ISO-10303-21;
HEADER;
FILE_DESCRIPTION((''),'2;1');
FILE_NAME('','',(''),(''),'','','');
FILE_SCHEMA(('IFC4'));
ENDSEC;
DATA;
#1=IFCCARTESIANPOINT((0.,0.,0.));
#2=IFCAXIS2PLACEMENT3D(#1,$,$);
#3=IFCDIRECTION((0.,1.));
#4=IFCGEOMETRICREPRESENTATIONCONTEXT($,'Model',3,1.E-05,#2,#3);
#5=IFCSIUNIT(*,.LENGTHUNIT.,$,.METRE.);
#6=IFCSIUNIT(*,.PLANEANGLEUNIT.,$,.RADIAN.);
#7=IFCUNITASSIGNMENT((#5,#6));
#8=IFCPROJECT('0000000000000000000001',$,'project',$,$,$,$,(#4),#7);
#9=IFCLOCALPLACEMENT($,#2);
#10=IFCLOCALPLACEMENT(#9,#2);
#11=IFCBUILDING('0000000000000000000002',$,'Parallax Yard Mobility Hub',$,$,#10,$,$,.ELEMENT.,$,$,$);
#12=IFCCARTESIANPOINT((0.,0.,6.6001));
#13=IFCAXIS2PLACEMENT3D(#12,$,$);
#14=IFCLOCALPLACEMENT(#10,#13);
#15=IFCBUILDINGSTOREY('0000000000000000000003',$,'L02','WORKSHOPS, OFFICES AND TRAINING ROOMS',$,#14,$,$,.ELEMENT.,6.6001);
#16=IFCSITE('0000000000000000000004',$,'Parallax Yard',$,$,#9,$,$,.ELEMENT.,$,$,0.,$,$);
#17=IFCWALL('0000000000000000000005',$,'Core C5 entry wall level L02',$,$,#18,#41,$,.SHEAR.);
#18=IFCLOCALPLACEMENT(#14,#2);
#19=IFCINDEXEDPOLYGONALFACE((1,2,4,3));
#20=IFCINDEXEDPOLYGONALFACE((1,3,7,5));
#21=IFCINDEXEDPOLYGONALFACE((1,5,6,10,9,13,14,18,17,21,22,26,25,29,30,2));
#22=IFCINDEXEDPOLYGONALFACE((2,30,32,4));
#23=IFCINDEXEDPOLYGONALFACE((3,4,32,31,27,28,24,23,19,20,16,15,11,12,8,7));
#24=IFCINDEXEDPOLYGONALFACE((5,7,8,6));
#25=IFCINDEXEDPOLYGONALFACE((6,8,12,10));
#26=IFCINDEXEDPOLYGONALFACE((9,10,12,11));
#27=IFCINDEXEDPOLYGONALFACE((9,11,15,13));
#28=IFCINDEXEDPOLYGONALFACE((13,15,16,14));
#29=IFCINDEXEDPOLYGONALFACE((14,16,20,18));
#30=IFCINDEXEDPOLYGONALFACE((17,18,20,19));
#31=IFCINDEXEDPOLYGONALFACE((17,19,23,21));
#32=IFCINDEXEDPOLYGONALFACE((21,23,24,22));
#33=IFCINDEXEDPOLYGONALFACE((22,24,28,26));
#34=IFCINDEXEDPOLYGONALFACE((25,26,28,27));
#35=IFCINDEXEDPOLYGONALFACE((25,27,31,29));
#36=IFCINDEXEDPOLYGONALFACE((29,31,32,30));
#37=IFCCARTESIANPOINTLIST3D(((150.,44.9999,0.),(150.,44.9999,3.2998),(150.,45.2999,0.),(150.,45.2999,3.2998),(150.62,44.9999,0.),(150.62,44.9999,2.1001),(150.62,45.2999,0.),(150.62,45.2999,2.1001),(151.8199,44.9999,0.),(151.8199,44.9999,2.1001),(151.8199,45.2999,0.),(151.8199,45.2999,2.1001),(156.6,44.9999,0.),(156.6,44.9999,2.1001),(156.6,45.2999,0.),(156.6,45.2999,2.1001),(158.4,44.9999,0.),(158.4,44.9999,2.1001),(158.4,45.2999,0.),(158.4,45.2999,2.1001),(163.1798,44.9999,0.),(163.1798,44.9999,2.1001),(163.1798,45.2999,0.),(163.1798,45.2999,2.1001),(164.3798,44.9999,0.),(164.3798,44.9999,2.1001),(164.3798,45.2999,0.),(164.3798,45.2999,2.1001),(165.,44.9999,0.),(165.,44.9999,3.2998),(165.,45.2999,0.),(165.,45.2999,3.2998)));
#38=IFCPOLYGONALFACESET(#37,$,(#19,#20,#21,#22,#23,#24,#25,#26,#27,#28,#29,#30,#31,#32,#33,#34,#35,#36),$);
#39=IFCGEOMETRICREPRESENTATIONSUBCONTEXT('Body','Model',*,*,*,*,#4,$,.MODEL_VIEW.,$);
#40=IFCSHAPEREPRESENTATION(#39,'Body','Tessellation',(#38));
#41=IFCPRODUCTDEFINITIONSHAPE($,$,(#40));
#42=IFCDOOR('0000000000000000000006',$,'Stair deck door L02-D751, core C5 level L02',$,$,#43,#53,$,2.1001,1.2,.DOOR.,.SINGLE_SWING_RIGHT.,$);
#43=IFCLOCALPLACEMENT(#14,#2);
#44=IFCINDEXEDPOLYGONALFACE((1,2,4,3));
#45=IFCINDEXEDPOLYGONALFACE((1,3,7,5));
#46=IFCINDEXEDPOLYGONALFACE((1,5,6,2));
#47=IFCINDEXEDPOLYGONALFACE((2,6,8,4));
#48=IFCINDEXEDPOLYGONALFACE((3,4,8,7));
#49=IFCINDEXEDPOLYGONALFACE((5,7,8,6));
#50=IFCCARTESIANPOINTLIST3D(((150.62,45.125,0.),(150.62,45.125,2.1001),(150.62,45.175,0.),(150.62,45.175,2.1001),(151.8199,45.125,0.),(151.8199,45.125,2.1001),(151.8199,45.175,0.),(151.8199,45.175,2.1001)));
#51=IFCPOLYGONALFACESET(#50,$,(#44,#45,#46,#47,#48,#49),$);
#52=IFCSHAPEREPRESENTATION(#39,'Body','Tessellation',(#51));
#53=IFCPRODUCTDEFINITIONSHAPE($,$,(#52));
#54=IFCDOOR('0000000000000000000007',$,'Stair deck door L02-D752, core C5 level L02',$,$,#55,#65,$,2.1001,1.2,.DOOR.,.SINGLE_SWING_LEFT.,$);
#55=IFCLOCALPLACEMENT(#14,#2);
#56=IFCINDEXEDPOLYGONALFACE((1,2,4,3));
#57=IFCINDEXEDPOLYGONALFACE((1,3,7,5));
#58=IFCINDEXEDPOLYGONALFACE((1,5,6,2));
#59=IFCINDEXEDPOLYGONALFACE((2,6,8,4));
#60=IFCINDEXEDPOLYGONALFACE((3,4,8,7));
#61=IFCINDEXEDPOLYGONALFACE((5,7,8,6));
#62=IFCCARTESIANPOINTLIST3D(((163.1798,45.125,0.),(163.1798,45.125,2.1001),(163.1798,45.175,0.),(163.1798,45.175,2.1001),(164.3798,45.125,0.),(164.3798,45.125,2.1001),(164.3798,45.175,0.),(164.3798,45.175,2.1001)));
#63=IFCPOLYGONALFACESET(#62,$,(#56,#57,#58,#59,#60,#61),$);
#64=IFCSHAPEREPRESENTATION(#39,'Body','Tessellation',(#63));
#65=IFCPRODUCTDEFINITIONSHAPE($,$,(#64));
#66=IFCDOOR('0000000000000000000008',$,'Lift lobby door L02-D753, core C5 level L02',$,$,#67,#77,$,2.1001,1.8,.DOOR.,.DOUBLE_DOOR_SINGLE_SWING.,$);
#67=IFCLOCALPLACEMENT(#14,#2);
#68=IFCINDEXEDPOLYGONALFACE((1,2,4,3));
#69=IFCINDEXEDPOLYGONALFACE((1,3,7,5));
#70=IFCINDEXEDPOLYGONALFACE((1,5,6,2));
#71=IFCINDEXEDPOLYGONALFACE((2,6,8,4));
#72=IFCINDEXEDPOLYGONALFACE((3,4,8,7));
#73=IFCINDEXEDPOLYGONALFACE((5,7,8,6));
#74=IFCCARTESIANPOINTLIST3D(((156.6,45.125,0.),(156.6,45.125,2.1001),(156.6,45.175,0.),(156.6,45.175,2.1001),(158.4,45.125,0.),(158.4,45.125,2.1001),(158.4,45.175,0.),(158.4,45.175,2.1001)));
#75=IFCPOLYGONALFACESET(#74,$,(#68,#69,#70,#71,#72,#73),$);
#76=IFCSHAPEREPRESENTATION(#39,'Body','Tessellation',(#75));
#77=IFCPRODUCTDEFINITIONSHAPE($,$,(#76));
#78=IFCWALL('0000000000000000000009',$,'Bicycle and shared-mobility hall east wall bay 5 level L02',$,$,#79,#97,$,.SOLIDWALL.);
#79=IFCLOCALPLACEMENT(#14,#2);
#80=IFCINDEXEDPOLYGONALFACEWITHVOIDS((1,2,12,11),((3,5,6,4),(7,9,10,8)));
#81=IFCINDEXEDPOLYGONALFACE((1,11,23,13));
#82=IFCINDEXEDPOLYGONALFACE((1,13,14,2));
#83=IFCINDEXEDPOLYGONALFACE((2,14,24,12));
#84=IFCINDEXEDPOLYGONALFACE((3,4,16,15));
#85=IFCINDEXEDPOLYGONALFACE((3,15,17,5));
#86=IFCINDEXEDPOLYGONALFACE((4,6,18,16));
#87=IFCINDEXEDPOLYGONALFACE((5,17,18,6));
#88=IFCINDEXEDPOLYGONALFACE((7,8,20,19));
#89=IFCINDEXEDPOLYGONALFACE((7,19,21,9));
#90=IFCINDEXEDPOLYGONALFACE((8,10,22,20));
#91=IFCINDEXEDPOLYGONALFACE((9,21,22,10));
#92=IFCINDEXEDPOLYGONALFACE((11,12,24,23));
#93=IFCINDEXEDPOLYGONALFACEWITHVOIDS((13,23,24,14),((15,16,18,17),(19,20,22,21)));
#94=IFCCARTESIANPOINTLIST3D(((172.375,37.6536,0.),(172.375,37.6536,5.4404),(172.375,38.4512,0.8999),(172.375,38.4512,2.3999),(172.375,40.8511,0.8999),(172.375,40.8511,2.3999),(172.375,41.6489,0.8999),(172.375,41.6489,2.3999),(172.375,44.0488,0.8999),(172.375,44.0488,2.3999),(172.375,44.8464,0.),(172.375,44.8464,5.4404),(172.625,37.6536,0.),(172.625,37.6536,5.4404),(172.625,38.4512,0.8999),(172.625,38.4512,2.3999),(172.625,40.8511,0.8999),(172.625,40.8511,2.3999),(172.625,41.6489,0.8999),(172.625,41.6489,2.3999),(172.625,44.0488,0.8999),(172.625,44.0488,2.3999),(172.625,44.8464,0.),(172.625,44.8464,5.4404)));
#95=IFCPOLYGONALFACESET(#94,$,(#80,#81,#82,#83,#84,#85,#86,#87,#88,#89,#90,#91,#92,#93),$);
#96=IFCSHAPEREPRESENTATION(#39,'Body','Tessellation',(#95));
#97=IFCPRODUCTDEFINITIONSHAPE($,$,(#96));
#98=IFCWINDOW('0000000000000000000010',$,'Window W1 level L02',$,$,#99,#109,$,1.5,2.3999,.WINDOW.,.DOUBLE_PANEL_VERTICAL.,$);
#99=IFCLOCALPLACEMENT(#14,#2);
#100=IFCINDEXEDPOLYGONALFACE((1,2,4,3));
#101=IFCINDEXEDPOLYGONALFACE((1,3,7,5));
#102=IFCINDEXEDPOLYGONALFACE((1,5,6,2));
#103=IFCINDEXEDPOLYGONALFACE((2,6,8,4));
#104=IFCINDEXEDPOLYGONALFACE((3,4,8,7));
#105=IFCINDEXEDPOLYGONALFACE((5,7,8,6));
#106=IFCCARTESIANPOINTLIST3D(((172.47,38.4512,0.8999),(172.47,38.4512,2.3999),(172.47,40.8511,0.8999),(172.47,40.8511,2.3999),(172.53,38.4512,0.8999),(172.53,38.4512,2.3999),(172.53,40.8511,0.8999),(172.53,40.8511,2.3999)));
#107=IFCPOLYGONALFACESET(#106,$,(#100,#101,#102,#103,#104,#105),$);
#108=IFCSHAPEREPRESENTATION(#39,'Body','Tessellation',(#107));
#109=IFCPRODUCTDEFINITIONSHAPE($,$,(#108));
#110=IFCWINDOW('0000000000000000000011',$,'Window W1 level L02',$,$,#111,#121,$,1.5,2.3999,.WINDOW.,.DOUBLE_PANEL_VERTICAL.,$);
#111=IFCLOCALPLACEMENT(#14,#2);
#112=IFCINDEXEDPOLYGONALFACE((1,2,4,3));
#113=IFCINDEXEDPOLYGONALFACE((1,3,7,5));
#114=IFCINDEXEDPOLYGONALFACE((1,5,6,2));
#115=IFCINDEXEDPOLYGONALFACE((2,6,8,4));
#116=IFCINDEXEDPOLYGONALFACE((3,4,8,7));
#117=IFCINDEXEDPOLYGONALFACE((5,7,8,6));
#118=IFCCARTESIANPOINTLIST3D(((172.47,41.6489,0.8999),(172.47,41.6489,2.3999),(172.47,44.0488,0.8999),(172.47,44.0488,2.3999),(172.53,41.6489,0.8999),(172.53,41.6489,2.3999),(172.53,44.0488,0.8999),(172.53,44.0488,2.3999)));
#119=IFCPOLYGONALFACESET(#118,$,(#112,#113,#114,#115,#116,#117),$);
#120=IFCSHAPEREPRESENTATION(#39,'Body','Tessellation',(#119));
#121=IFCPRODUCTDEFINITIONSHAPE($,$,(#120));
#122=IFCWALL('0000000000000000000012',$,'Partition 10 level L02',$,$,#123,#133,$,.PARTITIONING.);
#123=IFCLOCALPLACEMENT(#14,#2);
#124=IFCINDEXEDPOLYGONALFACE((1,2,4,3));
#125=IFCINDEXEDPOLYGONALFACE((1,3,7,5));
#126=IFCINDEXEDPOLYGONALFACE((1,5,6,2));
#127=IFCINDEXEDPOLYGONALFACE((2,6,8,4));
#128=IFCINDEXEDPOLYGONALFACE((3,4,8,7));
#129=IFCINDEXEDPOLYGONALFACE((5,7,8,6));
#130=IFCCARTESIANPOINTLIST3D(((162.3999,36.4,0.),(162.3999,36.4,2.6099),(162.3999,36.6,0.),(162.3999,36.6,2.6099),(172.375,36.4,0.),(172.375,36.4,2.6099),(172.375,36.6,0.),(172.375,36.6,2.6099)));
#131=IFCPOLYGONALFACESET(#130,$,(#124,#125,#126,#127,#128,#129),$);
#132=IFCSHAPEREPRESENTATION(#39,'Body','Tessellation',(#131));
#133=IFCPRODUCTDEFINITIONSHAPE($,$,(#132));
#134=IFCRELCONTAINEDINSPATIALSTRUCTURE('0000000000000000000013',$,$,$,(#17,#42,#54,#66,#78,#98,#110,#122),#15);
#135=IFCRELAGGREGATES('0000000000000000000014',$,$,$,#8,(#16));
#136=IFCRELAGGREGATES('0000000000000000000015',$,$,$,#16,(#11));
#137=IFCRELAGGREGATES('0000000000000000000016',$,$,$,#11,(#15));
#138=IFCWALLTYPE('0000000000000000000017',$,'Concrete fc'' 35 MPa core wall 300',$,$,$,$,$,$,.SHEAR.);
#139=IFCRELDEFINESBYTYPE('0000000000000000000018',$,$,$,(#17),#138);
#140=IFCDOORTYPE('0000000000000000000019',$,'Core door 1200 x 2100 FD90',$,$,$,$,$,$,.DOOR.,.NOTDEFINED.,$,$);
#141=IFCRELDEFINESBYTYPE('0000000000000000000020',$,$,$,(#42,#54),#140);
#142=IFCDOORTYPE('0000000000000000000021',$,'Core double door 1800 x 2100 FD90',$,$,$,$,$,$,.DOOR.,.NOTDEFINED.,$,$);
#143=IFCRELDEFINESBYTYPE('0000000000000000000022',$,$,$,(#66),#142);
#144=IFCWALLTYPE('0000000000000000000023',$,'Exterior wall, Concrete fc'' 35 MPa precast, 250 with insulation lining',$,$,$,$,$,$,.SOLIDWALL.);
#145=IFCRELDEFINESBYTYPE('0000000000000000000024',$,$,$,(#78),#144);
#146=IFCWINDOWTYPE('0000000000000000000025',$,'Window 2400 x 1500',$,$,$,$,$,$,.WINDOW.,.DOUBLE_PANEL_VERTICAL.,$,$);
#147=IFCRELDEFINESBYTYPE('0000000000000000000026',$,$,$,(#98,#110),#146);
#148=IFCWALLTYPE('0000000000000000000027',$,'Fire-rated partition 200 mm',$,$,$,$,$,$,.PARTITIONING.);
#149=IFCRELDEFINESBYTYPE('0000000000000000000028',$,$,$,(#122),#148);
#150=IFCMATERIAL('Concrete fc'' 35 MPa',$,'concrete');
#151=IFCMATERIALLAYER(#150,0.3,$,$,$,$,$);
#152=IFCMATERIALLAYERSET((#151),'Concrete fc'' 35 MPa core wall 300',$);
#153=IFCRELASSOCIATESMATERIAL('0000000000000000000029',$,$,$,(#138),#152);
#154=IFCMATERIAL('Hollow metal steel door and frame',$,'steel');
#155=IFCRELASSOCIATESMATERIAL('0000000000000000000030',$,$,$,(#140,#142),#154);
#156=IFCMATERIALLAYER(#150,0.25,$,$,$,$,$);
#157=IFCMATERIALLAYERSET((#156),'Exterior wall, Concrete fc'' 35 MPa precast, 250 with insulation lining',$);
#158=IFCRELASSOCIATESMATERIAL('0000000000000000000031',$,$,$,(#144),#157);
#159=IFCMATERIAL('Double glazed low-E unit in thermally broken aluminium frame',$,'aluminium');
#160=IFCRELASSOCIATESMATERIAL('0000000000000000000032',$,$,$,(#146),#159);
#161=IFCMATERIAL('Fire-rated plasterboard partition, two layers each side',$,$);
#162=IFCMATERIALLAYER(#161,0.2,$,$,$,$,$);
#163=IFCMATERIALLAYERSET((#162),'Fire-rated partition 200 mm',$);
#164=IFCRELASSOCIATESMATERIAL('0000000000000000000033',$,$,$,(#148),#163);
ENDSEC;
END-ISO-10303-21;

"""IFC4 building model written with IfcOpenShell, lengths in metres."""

from ifc_helpers import new_model, si_unit, direction, frame, frame_2d, origin, place, context, subcontext, project, spatial, rectangle, extrude, material, layer, layer_set, type_object, element, fill, save


model = new_model("IFC4")

# Units and contexts
model_context = context("Model", 3, precision=1e-05, world=origin(), true_north=direction((0.0, 1.0)))
body_context = subcontext(model_context, "Body", "Model", "MODEL_VIEW")
ifc_project = project(units=[si_unit("LENGTHUNIT", "METRE"), si_unit("PLANEANGLEUNIT", "RADIAN")], contexts=[model_context])

# Site, building, storey
site_placement = place(None, origin())
site = spatial("IfcSite", under=ifc_project, at=site_placement, Name="Parallax Yard", CompositionType="ELEMENT", RefElevation=0.0)
building_placement = place(site_placement, origin())
building = spatial("IfcBuilding", under=site, at=building_placement, Name="Parallax Yard Mobility Hub", CompositionType="ELEMENT")
storey_placement = place(building_placement, frame((0.0, 0.0, 6.6001)))
storey = spatial("IfcBuildingStorey", under=building, at=storey_placement, Name="L02", Description="WORKSHOPS, OFFICES AND TRAINING ROOMS", CompositionType="ELEMENT", Elevation=6.6001)

# Wall, openings, doors
ifc_material_1 = material(Name="Concrete fc' 35 MPa", Category="concrete")
ifc_layer_1 = layer(ifc_material_1, 0.3)
ifc_layer_set_1 = layer_set([ifc_layer_1], Name="Concrete fc' 35 MPa core wall 300")
wall_type_1 = type_object("IfcWallType", Name="Concrete fc' 35 MPa core wall 300", PredefinedType="SHEAR", material=ifc_layer_set_1)
wall_1_placement = place(storey_placement, frame((165.0, 45.1499, 0.0), z_axis=(0.0, 0.0, 1.0), x_axis=(-1.0, 0.0, 0.0)))
wall_1 = element("IfcWall", 1, at=wall_1_placement, inside=storey, type_object=wall_type_1, Name="Core C5 entry wall level L02", PredefinedType="SHEAR", context=body_context, shape_type="SweptSolid", body=[
    extrude(rectangle(XDim=15.0, YDim=0.3, at=frame_2d((7.5, 0.0))), origin(), (0.0, 0.0, 1.0), 3.2998),
])
opening_1_placement = place(wall_1_placement, frame((13.1799, 0.0, 0.0)))
opening_1 = element("IfcOpeningElement", 2, at=opening_1_placement, cuts=wall_1, PredefinedType="OPENING", context=body_context, shape_type="SweptSolid", body=[
    extrude(rectangle(XDim=1.2, YDim=2.1001, at=frame_2d((0.6001, 1.05))), frame((0.0, 0.1602, 0.0), z_axis=(0.0, -1.0, 0.0), x_axis=(1.0, 0.0, 0.0)), (0.0, 0.0, 1.0), 0.3201),
])
opening_2_placement = place(wall_1_placement, frame((0.6201, 0.0, 0.0)))
opening_2 = element("IfcOpeningElement", 3, at=opening_2_placement, cuts=wall_1, PredefinedType="OPENING", context=body_context, shape_type="SweptSolid", body=[
    extrude(rectangle(XDim=1.2, YDim=2.1001, at=frame_2d((0.6001, 1.05))), frame((0.0, 0.1602, 0.0), z_axis=(0.0, -1.0, 0.0), x_axis=(1.0, 0.0, 0.0)), (0.0, 0.0, 1.0), 0.3201),
])
opening_3_placement = place(wall_1_placement, frame((6.6001, 0.0, 0.0)))
opening_3 = element("IfcOpeningElement", 4, at=opening_3_placement, cuts=wall_1, PredefinedType="OPENING", context=body_context, shape_type="SweptSolid", body=[
    extrude(rectangle(XDim=1.8, YDim=2.1001, at=frame_2d((0.8999, 1.05))), frame((0.0, 0.1602, 0.0), z_axis=(0.0, -1.0, 0.0), x_axis=(1.0, 0.0, 0.0)), (0.0, 0.0, 1.0), 0.3201),
])
ifc_material_2 = material(Name="Hollow metal steel door and frame", Category="steel")
door_type_1 = type_object("IfcDoorType", Name="Core door 1200 x 2100 FD90", OperationType="NOTDEFINED", PredefinedType="DOOR", material=ifc_material_2)
door_1_placement = place(opening_1_placement, origin())
door_1 = element("IfcDoor", 5, at=door_1_placement, inside=storey, type_object=door_type_1, Name="Stair deck door L02-D751, core C5 level L02", OperationType="SINGLE_SWING_RIGHT", OverallHeight=2.1001, OverallWidth=1.2, PredefinedType="DOOR", context=body_context, shape_type="SweptSolid", body=[
    extrude(rectangle(XDim=1.2, YDim=2.1001, at=frame_2d((0.6001, 1.05))), frame((0.0, 0.0249, 0.0), z_axis=(0.0, -1.0, 0.0), x_axis=(1.0, 0.0, 0.0)), (0.0, 0.0, 1.0), 0.05),
])
fill(opening_1, door_1)
door_2_placement = place(opening_2_placement, origin())
door_2 = element("IfcDoor", 6, at=door_2_placement, inside=storey, type_object=door_type_1, Name="Stair deck door L02-D752, core C5 level L02", OperationType="SINGLE_SWING_LEFT", OverallHeight=2.1001, OverallWidth=1.2, PredefinedType="DOOR", context=body_context, shape_type="SweptSolid", body=[
    extrude(rectangle(XDim=1.2, YDim=2.1001, at=frame_2d((0.6001, 1.05))), frame((0.0, 0.0249, 0.0), z_axis=(0.0, -1.0, 0.0), x_axis=(1.0, 0.0, 0.0)), (0.0, 0.0, 1.0), 0.05),
])
fill(opening_2, door_2)
door_type_2 = type_object("IfcDoorType", Name="Core double door 1800 x 2100 FD90", OperationType="NOTDEFINED", PredefinedType="DOOR", material=ifc_material_2)
door_3_placement = place(opening_3_placement, origin())
door_3 = element("IfcDoor", 7, at=door_3_placement, inside=storey, type_object=door_type_2, Name="Lift lobby door L02-D753, core C5 level L02", OperationType="DOUBLE_DOOR_SINGLE_SWING", OverallHeight=2.1001, OverallWidth=1.8, PredefinedType="DOOR", context=body_context, shape_type="SweptSolid", body=[
    extrude(rectangle(XDim=1.8, YDim=2.1001, at=frame_2d((0.8999, 1.05))), frame((0.0, 0.0249, 0.0), z_axis=(0.0, -1.0, 0.0), x_axis=(1.0, 0.0, 0.0)), (0.0, 0.0, 1.0), 0.05),
])
fill(opening_3, door_3)

# Wall, openings, windows
ifc_layer_2 = layer(ifc_material_1, 0.25)
ifc_layer_set_2 = layer_set([ifc_layer_2], Name="Exterior wall, Concrete fc' 35 MPa precast, 250 with insulation lining")
wall_type_2 = type_object("IfcWallType", Name="Exterior wall, Concrete fc' 35 MPa precast, 250 with insulation lining", PredefinedType="SOLIDWALL", material=ifc_layer_set_2)
wall_2_placement = place(storey_placement, frame((172.5, 37.6536, 0.0), z_axis=(0.0, 0.0, 1.0), x_axis=(0.0, 1.0, 0.0)))
wall_2 = element("IfcWall", 8, at=wall_2_placement, inside=storey, type_object=wall_type_2, Name="Bicycle and shared-mobility hall east wall bay 5 level L02", PredefinedType="SOLIDWALL", context=body_context, shape_type="SweptSolid", body=[
    extrude(rectangle(XDim=7.1929, YDim=0.25, at=frame_2d((3.5964, 0.0))), origin(), (0.0, 0.0, 1.0), 5.4404),
])
opening_4_placement = place(wall_2_placement, frame((0.7976, 0.0, 0.8999)))
opening_4 = element("IfcOpeningElement", 9, at=opening_4_placement, cuts=wall_2, PredefinedType="OPENING", context=body_context, shape_type="SweptSolid", body=[
    extrude(rectangle(XDim=2.3999, YDim=1.5, at=frame_2d((1.2, 0.75))), frame((0.0, 0.135, 0.0), z_axis=(0.0, -1.0, 0.0), x_axis=(1.0, 0.0, 0.0)), (0.0, 0.0, 1.0), 0.27),
])
opening_5_placement = place(wall_2_placement, frame((3.9954, 0.0, 0.8999)))
opening_5 = element("IfcOpeningElement", 10, at=opening_5_placement, cuts=wall_2, PredefinedType="OPENING", context=body_context, shape_type="SweptSolid", body=[
    extrude(rectangle(XDim=2.3999, YDim=1.5, at=frame_2d((1.2, 0.75))), frame((0.0, 0.135, 0.0), z_axis=(0.0, -1.0, 0.0), x_axis=(1.0, 0.0, 0.0)), (0.0, 0.0, 1.0), 0.27),
])
ifc_material_3 = material(Name="Double glazed low-E unit in thermally broken aluminium frame", Category="aluminium")
window_type = type_object("IfcWindowType", Name="Window 2400 x 1500", PartitioningType="DOUBLE_PANEL_VERTICAL", PredefinedType="WINDOW", material=ifc_material_3)
window_1_placement = place(opening_4_placement, origin())
window_1 = element("IfcWindow", 11, at=window_1_placement, inside=storey, type_object=window_type, Name="Window W1 level L02", OverallHeight=1.5, OverallWidth=2.3999, PartitioningType="DOUBLE_PANEL_VERTICAL", PredefinedType="WINDOW", context=body_context, shape_type="SweptSolid", body=[
    extrude(rectangle(XDim=2.3999, YDim=1.5, at=frame_2d((1.2, 0.75))), frame((0.0, 0.03, 0.0), z_axis=(0.0, -1.0, 0.0), x_axis=(1.0, 0.0, 0.0)), (0.0, 0.0, 1.0), 0.0601),
])
fill(opening_4, window_1)
window_2_placement = place(opening_5_placement, origin())
window_2 = element("IfcWindow", 12, at=window_2_placement, inside=storey, type_object=window_type, Name="Window W1 level L02", OverallHeight=1.5, OverallWidth=2.3999, PartitioningType="DOUBLE_PANEL_VERTICAL", PredefinedType="WINDOW", context=body_context, shape_type="SweptSolid", body=[
    extrude(rectangle(XDim=2.3999, YDim=1.5, at=frame_2d((1.2, 0.75))), frame((0.0, 0.03, 0.0), z_axis=(0.0, -1.0, 0.0), x_axis=(1.0, 0.0, 0.0)), (0.0, 0.0, 1.0), 0.0601),
])
fill(opening_5, window_2)

# Wall
ifc_material_4 = material(Name="Fire-rated plasterboard partition, two layers each side")
ifc_layer_3 = layer(ifc_material_4, 0.2)
ifc_layer_set_3 = layer_set([ifc_layer_3], Name="Fire-rated partition 200 mm")
wall_type_3 = type_object("IfcWallType", Name="Fire-rated partition 200 mm", PredefinedType="PARTITIONING", material=ifc_layer_set_3)
wall_3_placement = place(storey_placement, frame((162.3999, 36.5, 0.0), z_axis=(0.0, 0.0, 1.0), x_axis=(1.0, 0.0, 0.0)))
element("IfcWall", 13, at=wall_3_placement, inside=storey, type_object=wall_type_3, Name="Partition 10 level L02", PredefinedType="PARTITIONING", context=body_context, shape_type="SweptSolid", body=[
    extrude(rectangle(XDim=9.9751, YDim=0.2, at=frame_2d((4.9875, 0.0))), origin(), (0.0, 0.0, 1.0), 2.6099),
])

save(model, "model.ifc")
